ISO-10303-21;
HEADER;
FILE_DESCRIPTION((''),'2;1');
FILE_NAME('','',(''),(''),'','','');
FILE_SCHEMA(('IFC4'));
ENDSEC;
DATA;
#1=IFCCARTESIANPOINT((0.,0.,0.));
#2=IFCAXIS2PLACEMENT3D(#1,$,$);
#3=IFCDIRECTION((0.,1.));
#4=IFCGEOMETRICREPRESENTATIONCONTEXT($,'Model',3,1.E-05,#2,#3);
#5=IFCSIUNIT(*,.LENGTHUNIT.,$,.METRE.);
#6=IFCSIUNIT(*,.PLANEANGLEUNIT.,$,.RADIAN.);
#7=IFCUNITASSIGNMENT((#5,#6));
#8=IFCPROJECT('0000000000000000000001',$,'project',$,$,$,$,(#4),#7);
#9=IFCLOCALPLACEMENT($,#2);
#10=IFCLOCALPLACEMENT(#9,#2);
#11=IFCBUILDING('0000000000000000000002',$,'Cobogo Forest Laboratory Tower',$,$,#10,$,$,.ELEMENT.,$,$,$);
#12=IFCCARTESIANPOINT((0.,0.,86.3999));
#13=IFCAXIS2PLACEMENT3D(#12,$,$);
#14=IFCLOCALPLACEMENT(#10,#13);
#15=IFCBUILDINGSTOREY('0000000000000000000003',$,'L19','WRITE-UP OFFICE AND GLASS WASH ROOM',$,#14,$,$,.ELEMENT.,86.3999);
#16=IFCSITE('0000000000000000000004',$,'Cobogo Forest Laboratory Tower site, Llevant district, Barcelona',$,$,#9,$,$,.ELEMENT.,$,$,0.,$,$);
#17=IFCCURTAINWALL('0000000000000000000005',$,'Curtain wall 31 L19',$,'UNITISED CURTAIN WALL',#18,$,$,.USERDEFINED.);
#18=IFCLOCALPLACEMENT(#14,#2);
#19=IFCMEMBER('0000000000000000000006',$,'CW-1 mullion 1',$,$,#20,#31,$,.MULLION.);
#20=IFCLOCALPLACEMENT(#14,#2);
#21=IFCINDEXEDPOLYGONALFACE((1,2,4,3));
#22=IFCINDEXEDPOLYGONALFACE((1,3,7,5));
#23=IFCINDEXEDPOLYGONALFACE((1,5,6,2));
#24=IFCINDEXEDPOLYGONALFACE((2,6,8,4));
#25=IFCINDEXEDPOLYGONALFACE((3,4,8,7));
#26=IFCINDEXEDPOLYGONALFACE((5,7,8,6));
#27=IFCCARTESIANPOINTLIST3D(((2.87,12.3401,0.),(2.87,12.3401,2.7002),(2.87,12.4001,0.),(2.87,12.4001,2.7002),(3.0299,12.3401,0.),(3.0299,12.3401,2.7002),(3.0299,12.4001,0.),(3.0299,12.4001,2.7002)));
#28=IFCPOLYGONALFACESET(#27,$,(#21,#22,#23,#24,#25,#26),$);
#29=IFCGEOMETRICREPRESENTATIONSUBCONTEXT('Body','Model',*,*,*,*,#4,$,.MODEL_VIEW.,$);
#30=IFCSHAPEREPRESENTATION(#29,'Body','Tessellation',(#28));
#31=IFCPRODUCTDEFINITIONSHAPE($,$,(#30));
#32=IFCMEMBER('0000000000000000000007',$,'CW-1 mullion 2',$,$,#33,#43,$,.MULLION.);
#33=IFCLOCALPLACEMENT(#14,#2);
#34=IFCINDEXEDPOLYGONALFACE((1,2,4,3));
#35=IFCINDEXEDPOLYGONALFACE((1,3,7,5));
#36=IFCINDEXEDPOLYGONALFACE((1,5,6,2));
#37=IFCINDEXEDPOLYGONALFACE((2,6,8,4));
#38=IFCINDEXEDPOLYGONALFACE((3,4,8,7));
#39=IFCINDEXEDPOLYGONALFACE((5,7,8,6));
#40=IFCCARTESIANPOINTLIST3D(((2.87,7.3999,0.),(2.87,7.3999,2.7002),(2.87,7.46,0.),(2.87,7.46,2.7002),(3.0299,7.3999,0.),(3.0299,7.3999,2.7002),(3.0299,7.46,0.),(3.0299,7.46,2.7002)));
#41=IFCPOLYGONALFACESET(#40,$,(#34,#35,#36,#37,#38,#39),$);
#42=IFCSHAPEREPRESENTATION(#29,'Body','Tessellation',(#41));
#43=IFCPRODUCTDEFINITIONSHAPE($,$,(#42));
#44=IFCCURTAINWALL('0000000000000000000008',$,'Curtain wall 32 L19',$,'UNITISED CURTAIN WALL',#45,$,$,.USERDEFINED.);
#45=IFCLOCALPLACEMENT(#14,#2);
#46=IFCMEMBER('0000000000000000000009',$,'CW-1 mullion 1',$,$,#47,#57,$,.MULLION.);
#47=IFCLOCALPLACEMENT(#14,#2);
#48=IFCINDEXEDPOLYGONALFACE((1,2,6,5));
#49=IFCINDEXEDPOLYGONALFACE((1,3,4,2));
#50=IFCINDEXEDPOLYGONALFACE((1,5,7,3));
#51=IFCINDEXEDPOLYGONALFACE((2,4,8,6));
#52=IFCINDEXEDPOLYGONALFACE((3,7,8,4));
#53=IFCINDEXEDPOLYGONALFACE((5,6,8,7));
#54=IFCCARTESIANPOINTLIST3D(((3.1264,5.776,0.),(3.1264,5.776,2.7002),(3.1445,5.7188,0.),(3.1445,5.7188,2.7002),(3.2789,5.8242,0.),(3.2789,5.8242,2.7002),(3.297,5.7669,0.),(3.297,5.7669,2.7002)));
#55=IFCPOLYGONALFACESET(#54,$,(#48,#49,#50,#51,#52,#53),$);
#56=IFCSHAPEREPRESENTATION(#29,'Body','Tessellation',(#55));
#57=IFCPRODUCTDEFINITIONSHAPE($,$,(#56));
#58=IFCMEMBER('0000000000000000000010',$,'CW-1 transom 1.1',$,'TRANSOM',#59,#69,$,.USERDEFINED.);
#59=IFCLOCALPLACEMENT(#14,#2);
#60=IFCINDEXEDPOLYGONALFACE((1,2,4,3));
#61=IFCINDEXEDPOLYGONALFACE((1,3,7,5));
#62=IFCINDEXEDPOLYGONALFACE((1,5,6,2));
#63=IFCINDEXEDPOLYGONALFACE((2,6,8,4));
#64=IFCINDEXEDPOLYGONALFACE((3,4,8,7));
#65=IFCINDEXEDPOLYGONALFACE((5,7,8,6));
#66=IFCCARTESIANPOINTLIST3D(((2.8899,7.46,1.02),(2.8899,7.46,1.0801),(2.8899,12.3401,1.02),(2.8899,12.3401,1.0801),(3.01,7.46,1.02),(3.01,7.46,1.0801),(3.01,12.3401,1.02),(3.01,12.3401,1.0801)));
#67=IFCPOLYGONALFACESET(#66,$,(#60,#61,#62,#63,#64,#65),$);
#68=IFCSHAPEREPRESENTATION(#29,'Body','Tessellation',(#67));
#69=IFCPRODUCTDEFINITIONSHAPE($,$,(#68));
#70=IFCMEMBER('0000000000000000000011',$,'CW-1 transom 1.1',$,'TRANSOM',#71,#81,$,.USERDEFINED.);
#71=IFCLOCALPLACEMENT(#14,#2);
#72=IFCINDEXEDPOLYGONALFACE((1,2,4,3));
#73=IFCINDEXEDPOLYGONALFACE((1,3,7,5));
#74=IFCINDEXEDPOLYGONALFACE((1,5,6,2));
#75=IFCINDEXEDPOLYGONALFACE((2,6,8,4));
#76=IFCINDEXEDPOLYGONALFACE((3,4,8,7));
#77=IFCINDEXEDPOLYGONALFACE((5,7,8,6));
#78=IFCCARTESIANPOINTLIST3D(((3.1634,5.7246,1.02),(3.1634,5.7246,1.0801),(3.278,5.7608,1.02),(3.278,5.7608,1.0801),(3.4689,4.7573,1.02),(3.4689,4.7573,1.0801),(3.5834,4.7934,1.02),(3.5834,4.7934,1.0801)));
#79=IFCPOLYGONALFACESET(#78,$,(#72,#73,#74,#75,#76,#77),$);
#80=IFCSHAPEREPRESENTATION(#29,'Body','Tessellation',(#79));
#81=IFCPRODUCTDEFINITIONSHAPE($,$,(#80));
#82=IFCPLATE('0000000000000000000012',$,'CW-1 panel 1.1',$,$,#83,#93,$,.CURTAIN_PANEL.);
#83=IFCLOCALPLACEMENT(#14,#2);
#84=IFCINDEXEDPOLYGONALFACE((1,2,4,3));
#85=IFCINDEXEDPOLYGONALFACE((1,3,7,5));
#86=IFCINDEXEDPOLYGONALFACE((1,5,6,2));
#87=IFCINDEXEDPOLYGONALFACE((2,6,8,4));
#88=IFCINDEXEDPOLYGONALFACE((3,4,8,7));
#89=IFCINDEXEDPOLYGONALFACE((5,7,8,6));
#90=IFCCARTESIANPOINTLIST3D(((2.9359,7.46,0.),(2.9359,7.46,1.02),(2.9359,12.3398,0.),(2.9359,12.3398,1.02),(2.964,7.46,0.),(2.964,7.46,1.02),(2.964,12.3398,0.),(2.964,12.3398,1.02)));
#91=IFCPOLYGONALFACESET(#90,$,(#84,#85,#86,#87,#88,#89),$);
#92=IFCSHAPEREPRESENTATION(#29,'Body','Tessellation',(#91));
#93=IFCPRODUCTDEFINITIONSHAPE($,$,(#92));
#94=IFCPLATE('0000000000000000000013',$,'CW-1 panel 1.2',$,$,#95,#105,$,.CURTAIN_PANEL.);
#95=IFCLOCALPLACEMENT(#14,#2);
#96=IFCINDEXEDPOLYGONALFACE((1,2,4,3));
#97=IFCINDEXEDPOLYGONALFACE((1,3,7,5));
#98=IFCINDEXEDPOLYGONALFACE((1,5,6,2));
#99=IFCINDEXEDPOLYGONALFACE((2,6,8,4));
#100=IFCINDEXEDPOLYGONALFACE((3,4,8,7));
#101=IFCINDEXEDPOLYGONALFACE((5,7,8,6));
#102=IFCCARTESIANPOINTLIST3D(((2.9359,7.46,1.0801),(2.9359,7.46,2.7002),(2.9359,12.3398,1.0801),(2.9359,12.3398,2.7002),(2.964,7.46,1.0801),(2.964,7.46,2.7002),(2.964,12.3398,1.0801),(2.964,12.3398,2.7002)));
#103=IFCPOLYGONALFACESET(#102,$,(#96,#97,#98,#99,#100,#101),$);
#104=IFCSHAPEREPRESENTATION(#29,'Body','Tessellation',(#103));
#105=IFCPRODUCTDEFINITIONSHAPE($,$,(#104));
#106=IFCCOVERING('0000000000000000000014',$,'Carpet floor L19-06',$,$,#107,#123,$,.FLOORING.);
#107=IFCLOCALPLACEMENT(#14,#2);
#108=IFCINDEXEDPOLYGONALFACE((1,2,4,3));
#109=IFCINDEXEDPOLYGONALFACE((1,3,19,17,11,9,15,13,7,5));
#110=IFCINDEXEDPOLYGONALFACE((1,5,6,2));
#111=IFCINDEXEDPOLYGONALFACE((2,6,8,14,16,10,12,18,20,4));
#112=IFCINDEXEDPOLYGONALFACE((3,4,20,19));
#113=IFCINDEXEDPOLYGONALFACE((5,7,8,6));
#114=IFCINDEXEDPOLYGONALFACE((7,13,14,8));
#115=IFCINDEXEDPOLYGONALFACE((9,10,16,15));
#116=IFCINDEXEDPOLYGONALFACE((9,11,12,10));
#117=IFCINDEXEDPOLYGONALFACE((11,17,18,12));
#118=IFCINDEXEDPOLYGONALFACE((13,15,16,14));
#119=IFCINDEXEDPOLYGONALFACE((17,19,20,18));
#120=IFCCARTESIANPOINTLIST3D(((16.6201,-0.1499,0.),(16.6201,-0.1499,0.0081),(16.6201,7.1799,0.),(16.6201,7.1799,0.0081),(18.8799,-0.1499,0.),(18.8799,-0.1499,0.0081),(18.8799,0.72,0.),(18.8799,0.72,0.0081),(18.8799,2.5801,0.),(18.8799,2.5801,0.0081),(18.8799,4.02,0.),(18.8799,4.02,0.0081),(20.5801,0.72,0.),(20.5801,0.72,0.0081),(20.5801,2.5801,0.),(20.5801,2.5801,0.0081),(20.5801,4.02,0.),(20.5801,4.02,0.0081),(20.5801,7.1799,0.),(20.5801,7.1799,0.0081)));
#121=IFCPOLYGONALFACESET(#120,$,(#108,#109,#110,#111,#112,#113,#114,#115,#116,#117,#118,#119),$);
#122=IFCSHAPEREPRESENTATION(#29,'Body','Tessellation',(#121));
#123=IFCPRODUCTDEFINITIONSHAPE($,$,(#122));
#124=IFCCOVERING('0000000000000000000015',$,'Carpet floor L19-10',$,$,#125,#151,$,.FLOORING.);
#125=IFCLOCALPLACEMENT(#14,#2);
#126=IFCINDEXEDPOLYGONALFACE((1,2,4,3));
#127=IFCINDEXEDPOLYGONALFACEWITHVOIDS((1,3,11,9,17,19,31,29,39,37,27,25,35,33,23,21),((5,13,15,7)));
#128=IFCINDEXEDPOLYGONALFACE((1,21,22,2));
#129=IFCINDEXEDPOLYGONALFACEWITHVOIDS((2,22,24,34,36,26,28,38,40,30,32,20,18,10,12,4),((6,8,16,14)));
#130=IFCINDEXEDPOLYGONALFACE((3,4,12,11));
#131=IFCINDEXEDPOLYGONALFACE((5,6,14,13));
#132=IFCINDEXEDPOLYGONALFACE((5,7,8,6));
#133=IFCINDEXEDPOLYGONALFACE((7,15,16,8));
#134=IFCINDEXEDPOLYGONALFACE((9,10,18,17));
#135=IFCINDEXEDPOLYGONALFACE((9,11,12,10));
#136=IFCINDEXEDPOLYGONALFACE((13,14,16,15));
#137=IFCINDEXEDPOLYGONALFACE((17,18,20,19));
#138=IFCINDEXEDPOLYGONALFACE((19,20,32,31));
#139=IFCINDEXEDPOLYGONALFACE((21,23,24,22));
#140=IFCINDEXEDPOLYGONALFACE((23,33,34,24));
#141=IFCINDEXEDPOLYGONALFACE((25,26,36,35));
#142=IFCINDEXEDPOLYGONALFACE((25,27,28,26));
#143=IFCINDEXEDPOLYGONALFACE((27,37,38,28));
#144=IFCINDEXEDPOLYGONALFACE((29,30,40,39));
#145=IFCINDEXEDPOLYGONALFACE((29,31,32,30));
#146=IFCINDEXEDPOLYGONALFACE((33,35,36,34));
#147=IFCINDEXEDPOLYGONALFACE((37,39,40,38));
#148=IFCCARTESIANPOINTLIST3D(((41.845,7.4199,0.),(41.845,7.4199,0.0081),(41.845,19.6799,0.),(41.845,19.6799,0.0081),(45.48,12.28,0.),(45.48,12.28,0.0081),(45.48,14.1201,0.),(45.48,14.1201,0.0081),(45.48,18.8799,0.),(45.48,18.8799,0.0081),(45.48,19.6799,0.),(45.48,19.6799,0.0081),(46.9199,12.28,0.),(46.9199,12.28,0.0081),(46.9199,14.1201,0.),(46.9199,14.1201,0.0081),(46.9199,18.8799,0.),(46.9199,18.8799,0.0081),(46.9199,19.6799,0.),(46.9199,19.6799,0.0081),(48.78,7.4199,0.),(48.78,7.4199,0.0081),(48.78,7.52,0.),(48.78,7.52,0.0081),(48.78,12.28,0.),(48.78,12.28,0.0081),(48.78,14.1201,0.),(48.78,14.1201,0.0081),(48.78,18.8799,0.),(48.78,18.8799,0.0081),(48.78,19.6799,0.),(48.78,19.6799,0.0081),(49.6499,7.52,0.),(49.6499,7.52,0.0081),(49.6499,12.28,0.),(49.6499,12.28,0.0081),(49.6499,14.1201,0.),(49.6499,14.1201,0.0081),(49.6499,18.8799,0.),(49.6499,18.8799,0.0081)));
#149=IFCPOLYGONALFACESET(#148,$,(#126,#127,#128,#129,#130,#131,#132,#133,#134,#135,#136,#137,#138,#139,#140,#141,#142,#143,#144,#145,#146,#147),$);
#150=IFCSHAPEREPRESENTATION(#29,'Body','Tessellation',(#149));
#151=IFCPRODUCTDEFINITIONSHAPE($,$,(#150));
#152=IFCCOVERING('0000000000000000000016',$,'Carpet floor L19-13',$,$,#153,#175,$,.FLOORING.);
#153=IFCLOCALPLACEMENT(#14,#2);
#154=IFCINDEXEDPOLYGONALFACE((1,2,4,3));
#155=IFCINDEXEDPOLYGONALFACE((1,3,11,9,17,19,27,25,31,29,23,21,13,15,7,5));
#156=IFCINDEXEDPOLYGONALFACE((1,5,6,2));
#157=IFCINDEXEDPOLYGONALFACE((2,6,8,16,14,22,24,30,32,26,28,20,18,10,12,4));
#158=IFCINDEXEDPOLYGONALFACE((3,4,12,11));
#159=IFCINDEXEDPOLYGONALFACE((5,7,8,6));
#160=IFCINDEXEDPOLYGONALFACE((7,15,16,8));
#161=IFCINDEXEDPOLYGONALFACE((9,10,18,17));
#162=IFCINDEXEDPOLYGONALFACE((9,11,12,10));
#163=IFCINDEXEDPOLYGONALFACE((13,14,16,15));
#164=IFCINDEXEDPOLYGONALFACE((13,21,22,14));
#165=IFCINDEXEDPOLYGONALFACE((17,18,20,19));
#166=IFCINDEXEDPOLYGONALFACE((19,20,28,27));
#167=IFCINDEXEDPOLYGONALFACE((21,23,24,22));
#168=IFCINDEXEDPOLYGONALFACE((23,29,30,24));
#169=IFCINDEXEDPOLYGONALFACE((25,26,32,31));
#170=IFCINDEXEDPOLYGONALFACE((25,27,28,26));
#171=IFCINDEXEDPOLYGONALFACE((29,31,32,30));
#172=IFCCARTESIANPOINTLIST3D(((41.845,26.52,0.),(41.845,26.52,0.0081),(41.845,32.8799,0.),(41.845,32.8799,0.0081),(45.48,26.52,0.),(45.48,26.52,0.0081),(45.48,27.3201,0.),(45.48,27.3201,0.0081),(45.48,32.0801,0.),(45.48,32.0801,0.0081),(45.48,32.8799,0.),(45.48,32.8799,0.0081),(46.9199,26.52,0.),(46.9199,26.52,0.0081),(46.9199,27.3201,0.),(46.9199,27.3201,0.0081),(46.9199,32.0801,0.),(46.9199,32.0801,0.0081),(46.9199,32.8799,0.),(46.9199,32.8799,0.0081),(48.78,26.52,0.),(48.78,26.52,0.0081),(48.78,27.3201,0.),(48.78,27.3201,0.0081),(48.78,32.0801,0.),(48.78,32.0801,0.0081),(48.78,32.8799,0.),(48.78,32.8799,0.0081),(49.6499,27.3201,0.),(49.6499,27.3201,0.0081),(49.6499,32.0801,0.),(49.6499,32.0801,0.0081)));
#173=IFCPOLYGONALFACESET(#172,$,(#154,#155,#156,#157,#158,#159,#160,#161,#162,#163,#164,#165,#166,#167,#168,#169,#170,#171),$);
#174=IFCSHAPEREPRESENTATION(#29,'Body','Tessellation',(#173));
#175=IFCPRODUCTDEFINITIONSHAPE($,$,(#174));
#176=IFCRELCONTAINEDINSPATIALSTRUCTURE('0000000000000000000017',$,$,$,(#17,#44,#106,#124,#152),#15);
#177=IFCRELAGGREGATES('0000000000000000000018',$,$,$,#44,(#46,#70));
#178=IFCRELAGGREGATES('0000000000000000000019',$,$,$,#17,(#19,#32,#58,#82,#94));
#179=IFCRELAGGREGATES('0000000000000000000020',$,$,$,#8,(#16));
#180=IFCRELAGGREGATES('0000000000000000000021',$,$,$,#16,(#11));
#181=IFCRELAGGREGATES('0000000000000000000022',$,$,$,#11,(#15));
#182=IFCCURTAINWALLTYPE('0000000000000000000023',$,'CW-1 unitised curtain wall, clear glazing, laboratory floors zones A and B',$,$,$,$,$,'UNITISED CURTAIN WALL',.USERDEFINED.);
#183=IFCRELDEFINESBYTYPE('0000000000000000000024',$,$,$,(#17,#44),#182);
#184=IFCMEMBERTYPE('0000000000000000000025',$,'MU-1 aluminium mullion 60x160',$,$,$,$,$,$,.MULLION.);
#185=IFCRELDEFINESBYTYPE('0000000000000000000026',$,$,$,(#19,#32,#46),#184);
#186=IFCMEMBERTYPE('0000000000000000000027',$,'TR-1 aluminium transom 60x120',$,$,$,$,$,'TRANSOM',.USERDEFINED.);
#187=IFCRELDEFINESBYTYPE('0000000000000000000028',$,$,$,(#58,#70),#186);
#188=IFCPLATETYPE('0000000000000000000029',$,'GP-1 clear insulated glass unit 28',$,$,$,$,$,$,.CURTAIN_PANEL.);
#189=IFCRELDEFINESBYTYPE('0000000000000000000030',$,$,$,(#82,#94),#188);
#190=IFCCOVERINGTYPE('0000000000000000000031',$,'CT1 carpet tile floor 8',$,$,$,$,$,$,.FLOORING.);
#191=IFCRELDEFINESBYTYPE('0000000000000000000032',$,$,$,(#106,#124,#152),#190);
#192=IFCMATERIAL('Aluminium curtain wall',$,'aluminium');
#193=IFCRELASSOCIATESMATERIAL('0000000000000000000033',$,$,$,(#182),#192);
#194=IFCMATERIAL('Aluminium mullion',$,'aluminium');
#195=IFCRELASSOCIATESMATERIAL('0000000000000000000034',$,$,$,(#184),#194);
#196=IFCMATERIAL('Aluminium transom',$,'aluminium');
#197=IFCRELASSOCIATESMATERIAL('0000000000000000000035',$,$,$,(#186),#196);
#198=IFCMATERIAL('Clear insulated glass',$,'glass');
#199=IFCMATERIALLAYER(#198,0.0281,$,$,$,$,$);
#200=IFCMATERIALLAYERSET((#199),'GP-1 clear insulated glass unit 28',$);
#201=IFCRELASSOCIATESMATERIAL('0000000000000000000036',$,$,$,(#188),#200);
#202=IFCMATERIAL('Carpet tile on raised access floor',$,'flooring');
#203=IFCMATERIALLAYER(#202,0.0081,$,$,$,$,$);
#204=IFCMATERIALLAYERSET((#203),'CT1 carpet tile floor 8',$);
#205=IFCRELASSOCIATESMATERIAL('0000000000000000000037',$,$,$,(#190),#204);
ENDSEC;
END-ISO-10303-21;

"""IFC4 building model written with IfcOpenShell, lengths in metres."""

from ifc_helpers import new_model, si_unit, direction, frame, origin, origin_2d, place, context, subcontext, project, spatial, polyline, rectangle, outline, extrude, material, layer, layer_set, material_profile, profile_set, type_object, element, aggregate, save


model = new_model("IFC4")

# Units and contexts
model_context = context("Model", 3, precision=1e-05, world=origin(), true_north=direction((0.0, 1.0)))
body_context = subcontext(model_context, "Body", "Model", "MODEL_VIEW")
ifc_project = project(units=[si_unit("LENGTHUNIT", "METRE"), si_unit("PLANEANGLEUNIT", "RADIAN")], contexts=[model_context])

# Site, building, storey
site_placement = place(None, origin())
site = spatial("IfcSite", under=ifc_project, at=site_placement, Name="Cobogo Forest Laboratory Tower site, Llevant district, Barcelona", CompositionType="ELEMENT", RefElevation=0.0)
building_placement = place(site_placement, origin())
building = spatial("IfcBuilding", under=site, at=building_placement, Name="Cobogo Forest Laboratory Tower", CompositionType="ELEMENT")
storey_placement = place(building_placement, frame((0.0, 0.0, 86.3999)))
storey = spatial("IfcBuildingStorey", under=building, at=storey_placement, Name="L19", Description="WRITE-UP OFFICE AND GLASS WASH ROOM", CompositionType="ELEMENT", Elevation=86.3999)

# Curtain wall, members
ifc_material_1 = material(Name="Aluminium curtain wall", Category="aluminium")
curtain_wall_type = type_object("IfcCurtainWallType", Name="CW-1 unitised curtain wall, clear glazing, laboratory floors zones A and B", ElementType="UNITISED CURTAIN WALL", PredefinedType="USERDEFINED", material=ifc_material_1)
curtain_wall_1_placement = place(storey_placement, origin())
curtain_wall_1 = element("IfcCurtainWall", 1, at=curtain_wall_1_placement, inside=storey, type_object=curtain_wall_type, Name="Curtain wall 31 L19", ObjectType="UNITISED CURTAIN WALL", PredefinedType="USERDEFINED")
ifc_material_2 = material(Name="Aluminium mullion", Category="aluminium")
ifc_material_profile_1 = material_profile(ifc_material_2, rectangle(XDim=0.0601, YDim=0.1599, at=origin_2d()), Name="AL 60x160")
ifc_profile_set_1 = profile_set([ifc_material_profile_1], Name="Aluminium mullion")
member_type_1 = type_object("IfcMemberType", Name="MU-1 aluminium mullion 60x160", PredefinedType="MULLION", material=ifc_profile_set_1)
member_1_placement = place(storey_placement, frame((2.95, 12.3701, 0.0), z_axis=(0.0, 0.0, 1.0), x_axis=(0.0, -1.0, 0.0)))
member_1 = element("IfcMember", 2, at=member_1_placement, type_object=member_type_1, Name="CW-1 mullion 1", PredefinedType="MULLION", context=body_context, shape_type="SweptSolid", body=[
    extrude(rectangle(XDim=0.0601, YDim=0.1599, at=origin_2d()), origin(), (0.0, 0.0, 1.0), 2.7002),
])
member_2_placement = place(storey_placement, frame((2.95, 7.4299, 0.0), z_axis=(0.0, 0.0, 1.0), x_axis=(0.0, -1.0, 0.0)))
member_2 = element("IfcMember", 3, at=member_2_placement, type_object=member_type_1, Name="CW-1 mullion 2", PredefinedType="MULLION", context=body_context, shape_type="SweptSolid", body=[
    extrude(rectangle(XDim=0.0601, YDim=0.1599, at=origin_2d()), origin(), (0.0, 0.0, 1.0), 2.7002),
])

# Curtain wall, member
curtain_wall_2_placement = place(storey_placement, origin())
curtain_wall_2 = element("IfcCurtainWall", 4, at=curtain_wall_2_placement, inside=storey, type_object=curtain_wall_type, Name="Curtain wall 32 L19", ObjectType="UNITISED CURTAIN WALL", PredefinedType="USERDEFINED")
member_3_placement = place(storey_placement, frame((3.2117, 5.7715, 0.0), z_axis=(0.0, 0.0, 1.0), x_axis=(0.301136, -0.953581, 0.0)))
member_3 = element("IfcMember", 5, at=member_3_placement, type_object=member_type_1, Name="CW-1 mullion 1", PredefinedType="MULLION", context=body_context, shape_type="SweptSolid", body=[
    extrude(rectangle(XDim=0.0601, YDim=0.1599, at=origin_2d()), origin(), (0.0, 0.0, 1.0), 2.7002),
])

# Members
ifc_material_3 = material(Name="Aluminium transom", Category="aluminium")
ifc_material_profile_2 = material_profile(ifc_material_3, rectangle(XDim=0.1201, YDim=0.0601, at=origin_2d()), Name="AL 60x120")
ifc_profile_set_2 = profile_set([ifc_material_profile_2], Name="Aluminium transom")
member_type_2 = type_object("IfcMemberType", Name="TR-1 aluminium transom 60x120", ElementType="TRANSOM", PredefinedType="USERDEFINED", material=ifc_profile_set_2)
member_4_placement = place(storey_placement, frame((2.95, 12.3401, 1.05), z_axis=(0.0, -1.0, 0.0), x_axis=(1.0, 0.0, 0.0)))
member_4 = element("IfcMember", 6, at=member_4_placement, type_object=member_type_2, Name="CW-1 transom 1.1", ObjectType="TRANSOM", PredefinedType="USERDEFINED", context=body_context, shape_type="SweptSolid", body=[
    extrude(rectangle(XDim=0.1201, YDim=0.0601, at=origin_2d()), origin(), (0.0, 0.0, 1.0), 4.8801),
])
member_5_placement = place(storey_placement, frame((3.2207, 5.7427, 1.05), z_axis=(0.301097, -0.953594, 0.0), x_axis=(0.953594, 0.301097, 0.0)))
member_5 = element("IfcMember", 7, at=member_5_placement, type_object=member_type_2, Name="CW-1 transom 1.1", ObjectType="TRANSOM", PredefinedType="USERDEFINED", context=body_context, shape_type="SweptSolid", body=[
    extrude(rectangle(XDim=0.1201, YDim=0.0601, at=origin_2d()), origin(), (0.0, 0.0, 1.0), 1.0144),
])
aggregate(curtain_wall_2, [member_3, member_5])

# Plates
ifc_material_4 = material(Name="Clear insulated glass", Category="glass")
ifc_layer_1 = layer(ifc_material_4, 0.0281)
ifc_layer_set_1 = layer_set([ifc_layer_1], Name="GP-1 clear insulated glass unit 28")
plate_type_1 = type_object("IfcPlateType", Name="GP-1 clear insulated glass unit 28", PredefinedType="CURTAIN_PANEL", material=ifc_layer_set_1)
plate_1_placement = place(storey_placement, frame((2.95, 9.8999, 0.0), z_axis=(0.0, 0.0, 1.0), x_axis=(0.0, -1.0, 0.0)))
plate_1 = element("IfcPlate", 8, at=plate_1_placement, type_object=plate_type_1, Name="CW-1 panel 1.1", PredefinedType="CURTAIN_PANEL", context=body_context, shape_type="SweptSolid", body=[
    extrude(rectangle(XDim=4.8799, YDim=0.0281, at=origin_2d()), origin(), (0.0, 0.0, 1.0), 1.02),
])
plate_2_placement = place(storey_placement, frame((2.95, 9.8999, 1.0801), z_axis=(0.0, 0.0, 1.0), x_axis=(0.0, -1.0, 0.0)))
plate_2 = element("IfcPlate", 9, at=plate_2_placement, type_object=plate_type_1, Name="CW-1 panel 1.2", PredefinedType="CURTAIN_PANEL", context=body_context, shape_type="SweptSolid", body=[
    extrude(rectangle(XDim=4.8799, YDim=0.0281, at=origin_2d()), origin(), (0.0, 0.0, 1.0), 1.6201),
])
aggregate(curtain_wall_1, [member_1, member_2, member_4, plate_1, plate_2])

# Coverings
ifc_material_5 = material(Name="Carpet tile on raised access floor", Category="flooring")
ifc_layer_2 = layer(ifc_material_5, 0.0081)
ifc_layer_set_2 = layer_set([ifc_layer_2], Name="CT1 carpet tile floor 8")
covering_type_1 = type_object("IfcCoveringType", Name="CT1 carpet tile floor 8", PredefinedType="FLOORING", material=ifc_layer_set_2)
covering_1_placement = place(storey_placement, origin())
element("IfcCovering", 10, at=covering_1_placement, inside=storey, type_object=covering_type_1, Name="Carpet floor L19-06", PredefinedType="FLOORING", context=body_context, shape_type="SweptSolid", body=[
    extrude(outline(polyline([(18.8799, 4.02), (18.8799, 2.5801), (20.5801, 2.5801), (20.5801, 0.72), (18.8799, 0.72), (18.8799, -0.1499), (16.6201, -0.1499), (16.6201, 7.1799), (20.5801, 7.1799), (20.5801, 4.02), (18.8799, 4.02)])), origin(), (0.0, 0.0, 1.0), 0.0081),
])
covering_2_placement = place(storey_placement, origin())
element("IfcCovering", 11, at=covering_2_placement, inside=storey, type_object=covering_type_1, Name="Carpet floor L19-10", PredefinedType="FLOORING", context=body_context, shape_type="SweptSolid", body=[
    extrude(outline(polyline([(41.845, 19.6799), (45.48, 19.6799), (45.48, 18.8799), (46.9199, 18.8799), (46.9199, 19.6799), (48.78, 19.6799), (48.78, 18.8799), (49.6499, 18.8799), (49.6499, 14.1201), (48.78, 14.1201), (48.78, 12.28), (49.6499, 12.28), (49.6499, 7.52), (48.78, 7.52), (48.78, 7.4199), (41.845, 7.4199), (41.845, 19.6799)]), holes=[polyline([(45.48, 12.28), (46.9199, 12.28), (46.9199, 14.1201), (45.48, 14.1201), (45.48, 12.28)])]), origin(), (0.0, 0.0, 1.0), 0.0081),
])
covering_3_placement = place(storey_placement, origin())
element("IfcCovering", 12, at=covering_3_placement, inside=storey, type_object=covering_type_1, Name="Carpet floor L19-13", PredefinedType="FLOORING", context=body_context, shape_type="SweptSolid", body=[
    extrude(outline(polyline([(41.845, 32.8799), (45.48, 32.8799), (45.48, 32.0801), (46.9199, 32.0801), (46.9199, 32.8799), (48.78, 32.8799), (48.78, 32.0801), (49.6499, 32.0801), (49.6499, 27.3201), (48.78, 27.3201), (48.78, 26.52), (46.9199, 26.52), (46.9199, 27.3201), (45.48, 27.3201), (45.48, 26.52), (41.845, 26.52), (41.845, 32.8799)])), origin(), (0.0, 0.0, 1.0), 0.0081),
])

save(model, "model.ifc")
